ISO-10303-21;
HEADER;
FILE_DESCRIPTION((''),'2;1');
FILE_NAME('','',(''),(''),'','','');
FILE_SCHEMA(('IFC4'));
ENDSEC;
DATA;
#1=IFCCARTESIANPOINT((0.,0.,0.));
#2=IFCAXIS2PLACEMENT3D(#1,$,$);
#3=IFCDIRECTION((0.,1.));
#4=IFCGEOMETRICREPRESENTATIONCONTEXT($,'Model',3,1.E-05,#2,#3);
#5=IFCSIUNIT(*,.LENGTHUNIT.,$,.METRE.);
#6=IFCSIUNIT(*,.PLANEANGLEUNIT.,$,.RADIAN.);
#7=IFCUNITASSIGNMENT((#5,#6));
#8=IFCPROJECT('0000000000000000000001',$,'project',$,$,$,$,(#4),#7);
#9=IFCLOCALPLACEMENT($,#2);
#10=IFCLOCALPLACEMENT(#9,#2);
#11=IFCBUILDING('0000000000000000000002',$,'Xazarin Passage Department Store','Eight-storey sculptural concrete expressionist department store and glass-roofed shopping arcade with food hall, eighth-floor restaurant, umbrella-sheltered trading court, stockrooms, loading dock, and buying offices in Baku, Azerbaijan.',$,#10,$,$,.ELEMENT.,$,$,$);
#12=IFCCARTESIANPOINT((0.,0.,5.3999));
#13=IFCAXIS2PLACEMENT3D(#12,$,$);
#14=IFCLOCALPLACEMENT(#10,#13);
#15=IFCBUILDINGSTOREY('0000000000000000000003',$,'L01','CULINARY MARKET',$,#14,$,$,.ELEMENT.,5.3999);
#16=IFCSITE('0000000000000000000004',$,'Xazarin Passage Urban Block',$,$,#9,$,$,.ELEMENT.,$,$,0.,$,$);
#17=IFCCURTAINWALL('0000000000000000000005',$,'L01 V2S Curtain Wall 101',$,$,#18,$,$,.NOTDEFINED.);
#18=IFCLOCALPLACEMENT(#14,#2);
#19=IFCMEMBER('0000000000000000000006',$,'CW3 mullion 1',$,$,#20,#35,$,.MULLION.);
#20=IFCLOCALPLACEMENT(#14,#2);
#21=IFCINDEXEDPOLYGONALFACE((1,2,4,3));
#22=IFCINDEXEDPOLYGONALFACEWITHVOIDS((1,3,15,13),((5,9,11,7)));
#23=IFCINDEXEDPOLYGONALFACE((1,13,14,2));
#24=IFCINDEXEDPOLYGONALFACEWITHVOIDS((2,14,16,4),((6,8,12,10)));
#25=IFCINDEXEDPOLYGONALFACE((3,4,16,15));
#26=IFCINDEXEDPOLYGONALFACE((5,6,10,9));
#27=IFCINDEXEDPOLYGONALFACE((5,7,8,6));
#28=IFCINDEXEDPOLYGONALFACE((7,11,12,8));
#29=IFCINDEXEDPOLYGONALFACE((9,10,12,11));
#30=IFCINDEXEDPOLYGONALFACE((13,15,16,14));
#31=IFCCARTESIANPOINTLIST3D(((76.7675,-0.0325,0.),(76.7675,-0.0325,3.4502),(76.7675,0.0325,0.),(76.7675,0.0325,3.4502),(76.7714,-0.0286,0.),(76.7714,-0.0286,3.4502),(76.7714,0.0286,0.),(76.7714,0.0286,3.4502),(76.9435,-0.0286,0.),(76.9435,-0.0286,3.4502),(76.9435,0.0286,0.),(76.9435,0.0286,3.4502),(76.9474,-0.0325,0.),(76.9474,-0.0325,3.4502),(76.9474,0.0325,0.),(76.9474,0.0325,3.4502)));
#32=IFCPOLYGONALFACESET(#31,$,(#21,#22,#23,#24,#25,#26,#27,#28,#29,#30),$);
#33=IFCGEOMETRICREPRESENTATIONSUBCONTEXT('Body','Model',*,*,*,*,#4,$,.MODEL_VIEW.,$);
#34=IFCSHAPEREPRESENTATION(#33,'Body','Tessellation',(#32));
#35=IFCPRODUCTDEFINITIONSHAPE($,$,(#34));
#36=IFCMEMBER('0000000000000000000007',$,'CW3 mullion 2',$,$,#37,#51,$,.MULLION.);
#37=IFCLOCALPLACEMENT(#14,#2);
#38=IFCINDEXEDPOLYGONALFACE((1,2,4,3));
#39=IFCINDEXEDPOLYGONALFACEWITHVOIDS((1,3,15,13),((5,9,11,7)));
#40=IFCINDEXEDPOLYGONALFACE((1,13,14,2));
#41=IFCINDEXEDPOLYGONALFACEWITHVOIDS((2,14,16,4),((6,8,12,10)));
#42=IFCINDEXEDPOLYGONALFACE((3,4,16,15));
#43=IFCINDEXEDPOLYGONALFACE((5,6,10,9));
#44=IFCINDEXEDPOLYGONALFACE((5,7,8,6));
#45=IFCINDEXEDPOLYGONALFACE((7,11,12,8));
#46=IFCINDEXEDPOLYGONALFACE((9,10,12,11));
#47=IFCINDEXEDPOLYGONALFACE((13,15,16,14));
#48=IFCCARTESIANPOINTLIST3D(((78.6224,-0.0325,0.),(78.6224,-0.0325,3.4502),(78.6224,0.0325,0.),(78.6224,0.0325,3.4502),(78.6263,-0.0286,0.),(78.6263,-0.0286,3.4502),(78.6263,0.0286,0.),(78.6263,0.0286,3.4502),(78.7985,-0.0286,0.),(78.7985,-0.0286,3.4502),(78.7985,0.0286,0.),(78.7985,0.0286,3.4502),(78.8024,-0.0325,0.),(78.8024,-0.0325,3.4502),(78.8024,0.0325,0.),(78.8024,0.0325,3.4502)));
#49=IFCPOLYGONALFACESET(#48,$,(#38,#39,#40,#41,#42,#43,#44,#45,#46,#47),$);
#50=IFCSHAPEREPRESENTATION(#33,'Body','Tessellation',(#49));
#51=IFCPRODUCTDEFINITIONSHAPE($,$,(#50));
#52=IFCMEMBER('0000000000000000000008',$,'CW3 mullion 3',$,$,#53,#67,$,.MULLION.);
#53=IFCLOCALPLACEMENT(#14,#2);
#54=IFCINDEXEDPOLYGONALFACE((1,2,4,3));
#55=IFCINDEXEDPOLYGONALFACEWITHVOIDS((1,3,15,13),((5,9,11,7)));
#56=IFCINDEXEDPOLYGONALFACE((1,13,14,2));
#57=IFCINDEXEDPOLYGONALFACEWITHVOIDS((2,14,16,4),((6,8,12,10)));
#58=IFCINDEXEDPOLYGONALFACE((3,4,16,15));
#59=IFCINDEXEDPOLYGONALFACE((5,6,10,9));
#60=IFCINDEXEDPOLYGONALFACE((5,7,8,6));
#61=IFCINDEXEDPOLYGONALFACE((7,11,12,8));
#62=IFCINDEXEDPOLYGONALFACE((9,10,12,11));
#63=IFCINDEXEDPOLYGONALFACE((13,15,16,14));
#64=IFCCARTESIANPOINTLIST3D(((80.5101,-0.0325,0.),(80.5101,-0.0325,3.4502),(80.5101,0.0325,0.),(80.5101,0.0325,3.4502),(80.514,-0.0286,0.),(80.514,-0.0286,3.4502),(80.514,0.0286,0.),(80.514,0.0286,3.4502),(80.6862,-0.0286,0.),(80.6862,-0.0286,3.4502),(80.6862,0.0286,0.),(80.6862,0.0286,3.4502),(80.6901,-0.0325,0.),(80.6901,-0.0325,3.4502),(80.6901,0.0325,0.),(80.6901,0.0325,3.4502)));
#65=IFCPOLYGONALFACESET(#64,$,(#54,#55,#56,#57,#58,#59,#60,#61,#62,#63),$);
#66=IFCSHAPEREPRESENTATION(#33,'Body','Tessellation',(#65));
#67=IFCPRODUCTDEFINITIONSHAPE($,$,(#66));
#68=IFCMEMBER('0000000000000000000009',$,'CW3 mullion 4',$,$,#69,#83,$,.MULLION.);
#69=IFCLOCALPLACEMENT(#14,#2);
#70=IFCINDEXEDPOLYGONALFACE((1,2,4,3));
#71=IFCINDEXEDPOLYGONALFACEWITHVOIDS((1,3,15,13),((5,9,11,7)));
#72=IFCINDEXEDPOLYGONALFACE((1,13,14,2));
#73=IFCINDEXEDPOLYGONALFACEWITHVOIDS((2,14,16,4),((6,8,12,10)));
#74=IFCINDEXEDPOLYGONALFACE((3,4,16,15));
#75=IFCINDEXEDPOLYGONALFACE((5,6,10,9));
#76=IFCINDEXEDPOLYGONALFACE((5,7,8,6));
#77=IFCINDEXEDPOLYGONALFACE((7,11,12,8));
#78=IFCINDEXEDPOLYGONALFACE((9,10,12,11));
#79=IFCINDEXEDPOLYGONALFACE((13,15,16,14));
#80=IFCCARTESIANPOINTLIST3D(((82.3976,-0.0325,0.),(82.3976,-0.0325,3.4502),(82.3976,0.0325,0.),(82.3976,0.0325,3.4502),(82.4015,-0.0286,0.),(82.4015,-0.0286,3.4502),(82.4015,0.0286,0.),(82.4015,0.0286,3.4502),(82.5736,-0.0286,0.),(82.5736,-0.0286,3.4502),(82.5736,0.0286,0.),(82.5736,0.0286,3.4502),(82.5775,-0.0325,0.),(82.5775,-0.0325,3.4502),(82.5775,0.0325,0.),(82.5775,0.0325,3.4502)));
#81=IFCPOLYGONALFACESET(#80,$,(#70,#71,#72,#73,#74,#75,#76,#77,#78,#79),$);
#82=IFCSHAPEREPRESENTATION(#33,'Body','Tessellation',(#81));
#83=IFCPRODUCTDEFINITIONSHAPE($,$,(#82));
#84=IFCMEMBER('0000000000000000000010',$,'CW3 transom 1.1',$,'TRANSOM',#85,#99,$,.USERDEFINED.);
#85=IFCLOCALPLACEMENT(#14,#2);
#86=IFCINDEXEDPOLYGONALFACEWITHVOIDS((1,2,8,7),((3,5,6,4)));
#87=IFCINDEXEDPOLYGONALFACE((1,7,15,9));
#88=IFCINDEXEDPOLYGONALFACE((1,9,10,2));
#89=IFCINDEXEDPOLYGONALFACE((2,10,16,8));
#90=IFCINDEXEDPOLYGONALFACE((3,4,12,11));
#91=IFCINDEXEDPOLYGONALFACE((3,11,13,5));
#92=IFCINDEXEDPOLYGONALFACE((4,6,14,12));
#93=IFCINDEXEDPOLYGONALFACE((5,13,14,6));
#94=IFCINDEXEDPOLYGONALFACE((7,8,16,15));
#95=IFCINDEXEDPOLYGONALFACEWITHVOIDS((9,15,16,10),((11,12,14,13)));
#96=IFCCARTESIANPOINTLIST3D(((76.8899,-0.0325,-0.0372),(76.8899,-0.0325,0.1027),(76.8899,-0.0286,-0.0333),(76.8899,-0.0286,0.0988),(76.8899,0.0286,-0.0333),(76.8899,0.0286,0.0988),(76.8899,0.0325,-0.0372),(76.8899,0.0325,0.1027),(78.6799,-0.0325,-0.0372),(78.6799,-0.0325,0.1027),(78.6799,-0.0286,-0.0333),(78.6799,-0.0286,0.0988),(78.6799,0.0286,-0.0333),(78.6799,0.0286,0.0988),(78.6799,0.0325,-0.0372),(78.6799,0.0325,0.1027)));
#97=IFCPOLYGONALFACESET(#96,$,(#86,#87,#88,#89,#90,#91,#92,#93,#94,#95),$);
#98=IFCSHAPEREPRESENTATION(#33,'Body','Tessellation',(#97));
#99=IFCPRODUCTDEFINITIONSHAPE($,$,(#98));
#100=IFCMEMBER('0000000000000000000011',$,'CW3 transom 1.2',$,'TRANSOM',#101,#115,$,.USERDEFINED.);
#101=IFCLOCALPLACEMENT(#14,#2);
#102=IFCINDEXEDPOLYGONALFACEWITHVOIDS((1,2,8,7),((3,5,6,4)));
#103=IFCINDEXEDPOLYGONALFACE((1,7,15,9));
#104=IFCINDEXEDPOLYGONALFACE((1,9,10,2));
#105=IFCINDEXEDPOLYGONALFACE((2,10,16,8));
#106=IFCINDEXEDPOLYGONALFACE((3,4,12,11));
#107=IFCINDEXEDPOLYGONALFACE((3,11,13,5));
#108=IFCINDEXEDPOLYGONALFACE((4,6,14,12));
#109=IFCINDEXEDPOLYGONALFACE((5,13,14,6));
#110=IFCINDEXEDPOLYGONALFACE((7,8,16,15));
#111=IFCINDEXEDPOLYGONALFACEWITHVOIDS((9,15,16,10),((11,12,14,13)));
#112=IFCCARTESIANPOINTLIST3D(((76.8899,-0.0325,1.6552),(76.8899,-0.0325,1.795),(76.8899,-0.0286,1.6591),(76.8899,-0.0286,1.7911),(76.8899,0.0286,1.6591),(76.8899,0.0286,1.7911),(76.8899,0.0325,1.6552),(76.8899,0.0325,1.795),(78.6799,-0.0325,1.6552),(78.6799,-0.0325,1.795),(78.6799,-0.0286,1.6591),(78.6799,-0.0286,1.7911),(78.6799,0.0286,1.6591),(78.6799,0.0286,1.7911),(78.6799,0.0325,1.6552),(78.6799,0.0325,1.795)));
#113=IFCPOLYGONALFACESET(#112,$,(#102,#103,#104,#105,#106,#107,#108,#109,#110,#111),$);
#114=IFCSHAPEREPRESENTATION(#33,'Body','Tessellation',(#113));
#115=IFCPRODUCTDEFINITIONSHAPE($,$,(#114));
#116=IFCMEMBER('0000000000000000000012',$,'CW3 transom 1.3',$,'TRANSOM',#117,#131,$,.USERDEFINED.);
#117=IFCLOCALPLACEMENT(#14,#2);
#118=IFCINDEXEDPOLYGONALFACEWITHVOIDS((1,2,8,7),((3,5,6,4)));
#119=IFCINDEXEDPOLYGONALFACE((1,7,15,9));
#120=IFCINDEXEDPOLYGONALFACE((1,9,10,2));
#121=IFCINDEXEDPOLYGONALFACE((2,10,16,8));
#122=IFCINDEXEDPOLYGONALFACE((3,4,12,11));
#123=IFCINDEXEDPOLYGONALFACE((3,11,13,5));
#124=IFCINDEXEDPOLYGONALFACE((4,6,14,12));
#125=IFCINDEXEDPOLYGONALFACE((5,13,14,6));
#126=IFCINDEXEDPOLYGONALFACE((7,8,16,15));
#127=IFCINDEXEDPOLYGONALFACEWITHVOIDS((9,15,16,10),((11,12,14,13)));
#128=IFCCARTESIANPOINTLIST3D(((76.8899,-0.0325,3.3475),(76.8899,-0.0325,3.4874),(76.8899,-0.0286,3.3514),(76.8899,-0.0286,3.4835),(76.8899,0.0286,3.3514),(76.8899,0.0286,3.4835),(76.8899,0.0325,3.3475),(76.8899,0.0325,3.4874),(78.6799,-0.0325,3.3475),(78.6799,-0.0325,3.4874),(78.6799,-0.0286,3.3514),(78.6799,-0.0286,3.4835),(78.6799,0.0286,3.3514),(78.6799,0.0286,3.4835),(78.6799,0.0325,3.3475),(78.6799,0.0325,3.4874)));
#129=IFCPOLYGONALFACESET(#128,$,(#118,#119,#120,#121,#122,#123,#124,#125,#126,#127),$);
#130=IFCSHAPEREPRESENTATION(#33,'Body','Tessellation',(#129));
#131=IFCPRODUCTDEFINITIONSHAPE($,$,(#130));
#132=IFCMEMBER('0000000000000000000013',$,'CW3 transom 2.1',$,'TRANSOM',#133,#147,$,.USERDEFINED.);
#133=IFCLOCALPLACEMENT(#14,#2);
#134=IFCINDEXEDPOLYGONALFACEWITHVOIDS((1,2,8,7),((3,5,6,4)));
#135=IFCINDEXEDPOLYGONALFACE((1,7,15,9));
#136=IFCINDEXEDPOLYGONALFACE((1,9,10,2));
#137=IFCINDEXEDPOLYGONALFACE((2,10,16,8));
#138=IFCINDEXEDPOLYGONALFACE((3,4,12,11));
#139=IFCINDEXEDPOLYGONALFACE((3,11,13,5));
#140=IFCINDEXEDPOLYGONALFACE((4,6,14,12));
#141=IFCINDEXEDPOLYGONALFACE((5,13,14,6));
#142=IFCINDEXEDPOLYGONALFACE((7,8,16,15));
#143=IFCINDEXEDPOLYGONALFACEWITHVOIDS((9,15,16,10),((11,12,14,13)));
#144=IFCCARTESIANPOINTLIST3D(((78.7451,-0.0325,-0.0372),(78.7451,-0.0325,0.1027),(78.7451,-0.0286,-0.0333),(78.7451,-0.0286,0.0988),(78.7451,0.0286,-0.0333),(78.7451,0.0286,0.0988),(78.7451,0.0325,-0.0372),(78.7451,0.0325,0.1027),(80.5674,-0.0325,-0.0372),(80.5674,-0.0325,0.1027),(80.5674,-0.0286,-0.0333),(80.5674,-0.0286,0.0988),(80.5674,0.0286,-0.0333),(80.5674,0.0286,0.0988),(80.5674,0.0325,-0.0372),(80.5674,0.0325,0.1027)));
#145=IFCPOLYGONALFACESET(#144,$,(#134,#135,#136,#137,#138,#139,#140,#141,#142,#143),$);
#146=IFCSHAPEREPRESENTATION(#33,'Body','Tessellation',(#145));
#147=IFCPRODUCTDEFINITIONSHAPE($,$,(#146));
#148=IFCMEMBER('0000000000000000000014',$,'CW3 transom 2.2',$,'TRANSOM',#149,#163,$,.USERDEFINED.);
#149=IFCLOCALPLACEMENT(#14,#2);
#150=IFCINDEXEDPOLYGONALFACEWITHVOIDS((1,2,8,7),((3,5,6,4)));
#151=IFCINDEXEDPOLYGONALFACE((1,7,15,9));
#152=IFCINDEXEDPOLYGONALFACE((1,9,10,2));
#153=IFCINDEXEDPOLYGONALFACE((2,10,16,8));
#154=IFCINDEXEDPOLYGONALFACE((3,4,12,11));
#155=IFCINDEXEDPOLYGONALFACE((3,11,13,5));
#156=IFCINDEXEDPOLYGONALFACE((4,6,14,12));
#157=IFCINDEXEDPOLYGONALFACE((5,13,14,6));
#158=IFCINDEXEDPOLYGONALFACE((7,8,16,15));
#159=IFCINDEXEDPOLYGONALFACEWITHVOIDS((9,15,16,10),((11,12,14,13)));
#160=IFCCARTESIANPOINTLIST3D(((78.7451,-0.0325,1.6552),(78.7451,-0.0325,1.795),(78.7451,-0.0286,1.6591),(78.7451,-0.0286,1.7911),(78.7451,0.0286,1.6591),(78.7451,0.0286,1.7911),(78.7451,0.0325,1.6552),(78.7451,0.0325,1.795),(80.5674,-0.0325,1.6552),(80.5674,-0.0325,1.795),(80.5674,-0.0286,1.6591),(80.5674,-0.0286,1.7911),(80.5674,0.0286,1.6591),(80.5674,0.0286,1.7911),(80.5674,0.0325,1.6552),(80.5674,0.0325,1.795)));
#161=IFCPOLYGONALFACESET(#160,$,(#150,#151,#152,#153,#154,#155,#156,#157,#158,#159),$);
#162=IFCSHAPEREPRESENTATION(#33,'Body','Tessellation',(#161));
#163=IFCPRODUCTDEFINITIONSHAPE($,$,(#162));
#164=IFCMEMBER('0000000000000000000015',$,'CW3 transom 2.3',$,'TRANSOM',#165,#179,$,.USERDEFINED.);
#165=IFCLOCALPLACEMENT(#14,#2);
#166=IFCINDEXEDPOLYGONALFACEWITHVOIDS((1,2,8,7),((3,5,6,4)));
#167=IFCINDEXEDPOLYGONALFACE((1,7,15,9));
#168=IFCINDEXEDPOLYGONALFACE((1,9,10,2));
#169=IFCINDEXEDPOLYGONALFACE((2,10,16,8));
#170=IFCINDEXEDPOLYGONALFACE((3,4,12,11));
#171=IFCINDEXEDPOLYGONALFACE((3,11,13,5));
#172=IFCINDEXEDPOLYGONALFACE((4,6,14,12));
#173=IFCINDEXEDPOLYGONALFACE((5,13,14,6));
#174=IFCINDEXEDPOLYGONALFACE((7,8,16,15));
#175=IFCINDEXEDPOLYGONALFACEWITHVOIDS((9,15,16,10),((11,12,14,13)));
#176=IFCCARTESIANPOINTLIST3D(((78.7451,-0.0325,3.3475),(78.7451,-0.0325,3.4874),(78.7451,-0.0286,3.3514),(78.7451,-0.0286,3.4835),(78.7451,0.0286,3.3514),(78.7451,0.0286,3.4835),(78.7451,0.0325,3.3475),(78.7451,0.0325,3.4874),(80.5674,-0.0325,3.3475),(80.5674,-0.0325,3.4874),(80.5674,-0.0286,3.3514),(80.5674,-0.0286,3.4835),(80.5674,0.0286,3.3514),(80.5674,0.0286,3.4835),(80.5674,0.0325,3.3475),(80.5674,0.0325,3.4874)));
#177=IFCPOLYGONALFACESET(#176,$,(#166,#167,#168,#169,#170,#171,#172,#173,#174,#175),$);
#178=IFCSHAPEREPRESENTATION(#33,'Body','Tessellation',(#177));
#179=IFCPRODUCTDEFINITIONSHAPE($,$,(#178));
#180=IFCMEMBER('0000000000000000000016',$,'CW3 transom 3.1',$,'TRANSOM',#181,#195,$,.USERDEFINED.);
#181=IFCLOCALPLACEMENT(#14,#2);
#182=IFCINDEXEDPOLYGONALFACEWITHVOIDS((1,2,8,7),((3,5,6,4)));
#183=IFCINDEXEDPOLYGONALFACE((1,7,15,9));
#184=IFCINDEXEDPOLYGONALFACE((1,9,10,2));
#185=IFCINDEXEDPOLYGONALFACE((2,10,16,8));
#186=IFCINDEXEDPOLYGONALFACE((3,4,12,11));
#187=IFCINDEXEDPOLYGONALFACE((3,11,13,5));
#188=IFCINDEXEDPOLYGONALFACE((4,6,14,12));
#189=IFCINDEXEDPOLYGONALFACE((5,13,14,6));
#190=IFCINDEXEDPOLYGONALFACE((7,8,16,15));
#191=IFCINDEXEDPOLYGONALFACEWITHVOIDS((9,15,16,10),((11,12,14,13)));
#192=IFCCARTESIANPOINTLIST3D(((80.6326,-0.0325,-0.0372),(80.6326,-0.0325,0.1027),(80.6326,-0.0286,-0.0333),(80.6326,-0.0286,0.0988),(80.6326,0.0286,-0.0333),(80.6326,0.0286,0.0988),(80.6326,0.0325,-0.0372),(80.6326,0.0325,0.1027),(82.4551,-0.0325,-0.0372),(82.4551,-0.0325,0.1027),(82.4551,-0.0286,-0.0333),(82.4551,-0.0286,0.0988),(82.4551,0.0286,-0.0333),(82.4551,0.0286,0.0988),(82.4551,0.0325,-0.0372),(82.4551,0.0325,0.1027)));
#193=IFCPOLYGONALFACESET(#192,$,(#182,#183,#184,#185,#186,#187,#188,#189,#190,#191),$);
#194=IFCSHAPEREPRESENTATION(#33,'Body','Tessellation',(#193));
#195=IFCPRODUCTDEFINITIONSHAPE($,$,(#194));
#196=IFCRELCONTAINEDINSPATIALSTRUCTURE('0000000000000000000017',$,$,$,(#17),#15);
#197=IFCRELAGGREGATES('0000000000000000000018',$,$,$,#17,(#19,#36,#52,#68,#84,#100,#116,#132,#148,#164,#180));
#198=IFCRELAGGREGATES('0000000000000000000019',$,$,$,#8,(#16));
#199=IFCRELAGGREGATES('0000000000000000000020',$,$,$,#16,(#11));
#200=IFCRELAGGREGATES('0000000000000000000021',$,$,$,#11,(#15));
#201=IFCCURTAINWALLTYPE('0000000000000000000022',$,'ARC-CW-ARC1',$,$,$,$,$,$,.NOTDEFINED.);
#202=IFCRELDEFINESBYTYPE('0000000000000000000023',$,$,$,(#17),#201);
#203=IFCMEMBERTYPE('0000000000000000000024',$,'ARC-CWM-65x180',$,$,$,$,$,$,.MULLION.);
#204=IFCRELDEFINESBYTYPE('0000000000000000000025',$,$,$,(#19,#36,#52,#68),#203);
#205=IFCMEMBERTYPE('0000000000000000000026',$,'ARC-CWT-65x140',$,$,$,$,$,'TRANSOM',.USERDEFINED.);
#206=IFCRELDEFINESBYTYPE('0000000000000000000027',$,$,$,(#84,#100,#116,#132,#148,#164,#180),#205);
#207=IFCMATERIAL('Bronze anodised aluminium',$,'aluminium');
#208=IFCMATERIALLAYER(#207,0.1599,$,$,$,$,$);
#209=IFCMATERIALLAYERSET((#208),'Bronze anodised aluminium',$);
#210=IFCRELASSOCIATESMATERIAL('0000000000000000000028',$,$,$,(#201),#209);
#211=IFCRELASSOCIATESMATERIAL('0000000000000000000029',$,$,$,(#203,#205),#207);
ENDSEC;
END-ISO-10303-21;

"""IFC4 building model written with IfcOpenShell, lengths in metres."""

from ifc_helpers import new_model, si_unit, direction, frame, origin, origin_2d, place, context, subcontext, project, spatial, hollow_rectangle, extrude, material, layer, layer_set, material_profile, profile_set, type_object, element, aggregate, save


model = new_model("IFC4")

# Units and contexts
model_context = context("Model", 3, precision=1e-05, world=origin(), true_north=direction((0.0, 1.0)))
body_context = subcontext(model_context, "Body", "Model", "MODEL_VIEW")
ifc_project = project(units=[si_unit("LENGTHUNIT", "METRE"), si_unit("PLANEANGLEUNIT", "RADIAN")], contexts=[model_context])

# Site, building, storey
site_placement = place(None, origin())
site = spatial("IfcSite", under=ifc_project, at=site_placement, Name="Xazarin Passage Urban Block", CompositionType="ELEMENT", RefElevation=0.0)
building_placement = place(site_placement, origin())
building = spatial("IfcBuilding", under=site, at=building_placement, Name="Xazarin Passage Department Store", Description="Eight-storey sculptural concrete expressionist department store and glass-roofed shopping arcade with food hall, eighth-floor restaurant, umbrella-sheltered trading court, stockrooms, loading dock, and buying offices in Baku, Azerbaijan.", CompositionType="ELEMENT")
storey_placement = place(building_placement, frame((0.0, 0.0, 5.3999)))
storey = spatial("IfcBuildingStorey", under=building, at=storey_placement, Name="L01", Description="CULINARY MARKET", CompositionType="ELEMENT", Elevation=5.3999)

# Curtain wall, members
ifc_material_1 = material(Name="Bronze anodised aluminium", Category="aluminium")
ifc_layer_1 = layer(ifc_material_1, 0.1599)
ifc_layer_set_1 = layer_set([ifc_layer_1], Name="Bronze anodised aluminium")
curtain_wall_type = type_object("IfcCurtainWallType", Name="ARC-CW-ARC1", PredefinedType="NOTDEFINED", material=ifc_layer_set_1)
curtain_wall_placement = place(storey_placement, origin())
curtain_wall = element("IfcCurtainWall", 1, at=curtain_wall_placement, inside=storey, type_object=curtain_wall_type, Name="L01 V2S Curtain Wall 101", PredefinedType="NOTDEFINED")
ifc_material_profile_1 = material_profile(ifc_material_1, hollow_rectangle(XDim=0.0649, YDim=0.1799, WallThickness=0.0039, at=origin_2d()), Name="ALU 65x180")
ifc_profile_set_1 = profile_set([ifc_material_profile_1], Name="Bronze anodised aluminium")
member_type_1 = type_object("IfcMemberType", Name="ARC-CWM-65x180", PredefinedType="MULLION", material=ifc_profile_set_1)
member_1_placement = place(storey_placement, frame((76.8574, 0.0, 0.0), z_axis=(0.0, 0.0, 1.0), x_axis=(0.0, 1.0, 0.0)))
member_1 = element("IfcMember", 2, at=member_1_placement, type_object=member_type_1, Name="CW3 mullion 1", PredefinedType="MULLION", context=body_context, shape_type="SweptSolid", body=[
    extrude(hollow_rectangle(XDim=0.0649, YDim=0.1799, WallThickness=0.0039, at=origin_2d()), origin(), (0.0, 0.0, 1.0), 3.4502),
])
member_2_placement = place(storey_placement, frame((78.7124, 0.0, 0.0), z_axis=(0.0, 0.0, 1.0), x_axis=(0.0, 1.0, 0.0)))
member_2 = element("IfcMember", 3, at=member_2_placement, type_object=member_type_1, Name="CW3 mullion 2", PredefinedType="MULLION", context=body_context, shape_type="SweptSolid", body=[
    extrude(hollow_rectangle(XDim=0.0649, YDim=0.1799, WallThickness=0.0039, at=origin_2d()), origin(), (0.0, 0.0, 1.0), 3.4502),
])
member_3_placement = place(storey_placement, frame((80.6001, 0.0, 0.0), z_axis=(0.0, 0.0, 1.0), x_axis=(0.0, 1.0, 0.0)))
member_3 = element("IfcMember", 4, at=member_3_placement, type_object=member_type_1, Name="CW3 mullion 3", PredefinedType="MULLION", context=body_context, shape_type="SweptSolid", body=[
    extrude(hollow_rectangle(XDim=0.0649, YDim=0.1799, WallThickness=0.0039, at=origin_2d()), origin(), (0.0, 0.0, 1.0), 3.4502),
])
member_4_placement = place(storey_placement, frame((82.4875, 0.0, 0.0), z_axis=(0.0, 0.0, 1.0), x_axis=(0.0, 1.0, 0.0)))
member_4 = element("IfcMember", 5, at=member_4_placement, type_object=member_type_1, Name="CW3 mullion 4", PredefinedType="MULLION", context=body_context, shape_type="SweptSolid", body=[
    extrude(hollow_rectangle(XDim=0.0649, YDim=0.1799, WallThickness=0.0039, at=origin_2d()), origin(), (0.0, 0.0, 1.0), 3.4502),
])
ifc_material_profile_2 = material_profile(ifc_material_1, hollow_rectangle(XDim=0.0649, YDim=0.1399, WallThickness=0.0039, at=origin_2d()), Name="ALU 65x140")
ifc_profile_set_2 = profile_set([ifc_material_profile_2], Name="Bronze anodised aluminium")
member_type_2 = type_object("IfcMemberType", Name="ARC-CWT-65x140", ElementType="TRANSOM", PredefinedType="USERDEFINED", material=ifc_profile_set_2)
member_5_placement = place(storey_placement, frame((76.8899, 0.0, 0.0327), z_axis=(1.0, 0.0, 0.0), x_axis=(0.0, 1.0, 0.0)))
member_5 = element("IfcMember", 6, at=member_5_placement, type_object=member_type_2, Name="CW3 transom 1.1", ObjectType="TRANSOM", PredefinedType="USERDEFINED", context=body_context, shape_type="SweptSolid", body=[
    extrude(hollow_rectangle(XDim=0.0649, YDim=0.1399, WallThickness=0.0039, at=origin_2d()), origin(), (0.0, 0.0, 1.0), 1.79),
])
member_6_placement = place(storey_placement, frame((76.8899, 0.0, 1.7251), z_axis=(1.0, 0.0, 0.0), x_axis=(0.0, 1.0, 0.0)))
member_6 = element("IfcMember", 7, at=member_6_placement, type_object=member_type_2, Name="CW3 transom 1.2", ObjectType="TRANSOM", PredefinedType="USERDEFINED", context=body_context, shape_type="SweptSolid", body=[
    extrude(hollow_rectangle(XDim=0.0649, YDim=0.1399, WallThickness=0.0039, at=origin_2d()), origin(), (0.0, 0.0, 1.0), 1.79),
])
member_7_placement = place(storey_placement, frame((76.8899, 0.0, 3.4175), z_axis=(1.0, 0.0, 0.0), x_axis=(0.0, 1.0, 0.0)))
member_7 = element("IfcMember", 8, at=member_7_placement, type_object=member_type_2, Name="CW3 transom 1.3", ObjectType="TRANSOM", PredefinedType="USERDEFINED", context=body_context, shape_type="SweptSolid", body=[
    extrude(hollow_rectangle(XDim=0.0649, YDim=0.1399, WallThickness=0.0039, at=origin_2d()), origin(), (0.0, 0.0, 1.0), 1.79),
])
member_8_placement = place(storey_placement, frame((78.7451, 0.0, 0.0327), z_axis=(1.0, 0.0, 0.0), x_axis=(0.0, 1.0, 0.0)))
member_8 = element("IfcMember", 9, at=member_8_placement, type_object=member_type_2, Name="CW3 transom 2.1", ObjectType="TRANSOM", PredefinedType="USERDEFINED", context=body_context, shape_type="SweptSolid", body=[
    extrude(hollow_rectangle(XDim=0.0649, YDim=0.1399, WallThickness=0.0039, at=origin_2d()), origin(), (0.0, 0.0, 1.0), 1.8223),
])
member_9_placement = place(storey_placement, frame((78.7451, 0.0, 1.7251), z_axis=(1.0, 0.0, 0.0), x_axis=(0.0, 1.0, 0.0)))
member_9 = element("IfcMember", 10, at=member_9_placement, type_object=member_type_2, Name="CW3 transom 2.2", ObjectType="TRANSOM", PredefinedType="USERDEFINED", context=body_context, shape_type="SweptSolid", body=[
    extrude(hollow_rectangle(XDim=0.0649, YDim=0.1399, WallThickness=0.0039, at=origin_2d()), origin(), (0.0, 0.0, 1.0), 1.8223),
])
member_10_placement = place(storey_placement, frame((78.7451, 0.0, 3.4175), z_axis=(1.0, 0.0, 0.0), x_axis=(0.0, 1.0, 0.0)))
member_10 = element("IfcMember", 11, at=member_10_placement, type_object=member_type_2, Name="CW3 transom 2.3", ObjectType="TRANSOM", PredefinedType="USERDEFINED", context=body_context, shape_type="SweptSolid", body=[
    extrude(hollow_rectangle(XDim=0.0649, YDim=0.1399, WallThickness=0.0039, at=origin_2d()), origin(), (0.0, 0.0, 1.0), 1.8223),
])
member_11_placement = place(storey_placement, frame((80.6326, 0.0, 0.0327), z_axis=(1.0, 0.0, 0.0), x_axis=(0.0, 1.0, 0.0)))
member_11 = element("IfcMember", 12, at=member_11_placement, type_object=member_type_2, Name="CW3 transom 3.1", ObjectType="TRANSOM", PredefinedType="USERDEFINED", context=body_context, shape_type="SweptSolid", body=[
    extrude(hollow_rectangle(XDim=0.0649, YDim=0.1399, WallThickness=0.0039, at=origin_2d()), origin(), (0.0, 0.0, 1.0), 1.8225),
])
aggregate(curtain_wall, [member_1, member_2, member_3, member_4, member_5, member_6, member_7, member_8, member_9, member_10, member_11])

save(model, "model.ifc")
